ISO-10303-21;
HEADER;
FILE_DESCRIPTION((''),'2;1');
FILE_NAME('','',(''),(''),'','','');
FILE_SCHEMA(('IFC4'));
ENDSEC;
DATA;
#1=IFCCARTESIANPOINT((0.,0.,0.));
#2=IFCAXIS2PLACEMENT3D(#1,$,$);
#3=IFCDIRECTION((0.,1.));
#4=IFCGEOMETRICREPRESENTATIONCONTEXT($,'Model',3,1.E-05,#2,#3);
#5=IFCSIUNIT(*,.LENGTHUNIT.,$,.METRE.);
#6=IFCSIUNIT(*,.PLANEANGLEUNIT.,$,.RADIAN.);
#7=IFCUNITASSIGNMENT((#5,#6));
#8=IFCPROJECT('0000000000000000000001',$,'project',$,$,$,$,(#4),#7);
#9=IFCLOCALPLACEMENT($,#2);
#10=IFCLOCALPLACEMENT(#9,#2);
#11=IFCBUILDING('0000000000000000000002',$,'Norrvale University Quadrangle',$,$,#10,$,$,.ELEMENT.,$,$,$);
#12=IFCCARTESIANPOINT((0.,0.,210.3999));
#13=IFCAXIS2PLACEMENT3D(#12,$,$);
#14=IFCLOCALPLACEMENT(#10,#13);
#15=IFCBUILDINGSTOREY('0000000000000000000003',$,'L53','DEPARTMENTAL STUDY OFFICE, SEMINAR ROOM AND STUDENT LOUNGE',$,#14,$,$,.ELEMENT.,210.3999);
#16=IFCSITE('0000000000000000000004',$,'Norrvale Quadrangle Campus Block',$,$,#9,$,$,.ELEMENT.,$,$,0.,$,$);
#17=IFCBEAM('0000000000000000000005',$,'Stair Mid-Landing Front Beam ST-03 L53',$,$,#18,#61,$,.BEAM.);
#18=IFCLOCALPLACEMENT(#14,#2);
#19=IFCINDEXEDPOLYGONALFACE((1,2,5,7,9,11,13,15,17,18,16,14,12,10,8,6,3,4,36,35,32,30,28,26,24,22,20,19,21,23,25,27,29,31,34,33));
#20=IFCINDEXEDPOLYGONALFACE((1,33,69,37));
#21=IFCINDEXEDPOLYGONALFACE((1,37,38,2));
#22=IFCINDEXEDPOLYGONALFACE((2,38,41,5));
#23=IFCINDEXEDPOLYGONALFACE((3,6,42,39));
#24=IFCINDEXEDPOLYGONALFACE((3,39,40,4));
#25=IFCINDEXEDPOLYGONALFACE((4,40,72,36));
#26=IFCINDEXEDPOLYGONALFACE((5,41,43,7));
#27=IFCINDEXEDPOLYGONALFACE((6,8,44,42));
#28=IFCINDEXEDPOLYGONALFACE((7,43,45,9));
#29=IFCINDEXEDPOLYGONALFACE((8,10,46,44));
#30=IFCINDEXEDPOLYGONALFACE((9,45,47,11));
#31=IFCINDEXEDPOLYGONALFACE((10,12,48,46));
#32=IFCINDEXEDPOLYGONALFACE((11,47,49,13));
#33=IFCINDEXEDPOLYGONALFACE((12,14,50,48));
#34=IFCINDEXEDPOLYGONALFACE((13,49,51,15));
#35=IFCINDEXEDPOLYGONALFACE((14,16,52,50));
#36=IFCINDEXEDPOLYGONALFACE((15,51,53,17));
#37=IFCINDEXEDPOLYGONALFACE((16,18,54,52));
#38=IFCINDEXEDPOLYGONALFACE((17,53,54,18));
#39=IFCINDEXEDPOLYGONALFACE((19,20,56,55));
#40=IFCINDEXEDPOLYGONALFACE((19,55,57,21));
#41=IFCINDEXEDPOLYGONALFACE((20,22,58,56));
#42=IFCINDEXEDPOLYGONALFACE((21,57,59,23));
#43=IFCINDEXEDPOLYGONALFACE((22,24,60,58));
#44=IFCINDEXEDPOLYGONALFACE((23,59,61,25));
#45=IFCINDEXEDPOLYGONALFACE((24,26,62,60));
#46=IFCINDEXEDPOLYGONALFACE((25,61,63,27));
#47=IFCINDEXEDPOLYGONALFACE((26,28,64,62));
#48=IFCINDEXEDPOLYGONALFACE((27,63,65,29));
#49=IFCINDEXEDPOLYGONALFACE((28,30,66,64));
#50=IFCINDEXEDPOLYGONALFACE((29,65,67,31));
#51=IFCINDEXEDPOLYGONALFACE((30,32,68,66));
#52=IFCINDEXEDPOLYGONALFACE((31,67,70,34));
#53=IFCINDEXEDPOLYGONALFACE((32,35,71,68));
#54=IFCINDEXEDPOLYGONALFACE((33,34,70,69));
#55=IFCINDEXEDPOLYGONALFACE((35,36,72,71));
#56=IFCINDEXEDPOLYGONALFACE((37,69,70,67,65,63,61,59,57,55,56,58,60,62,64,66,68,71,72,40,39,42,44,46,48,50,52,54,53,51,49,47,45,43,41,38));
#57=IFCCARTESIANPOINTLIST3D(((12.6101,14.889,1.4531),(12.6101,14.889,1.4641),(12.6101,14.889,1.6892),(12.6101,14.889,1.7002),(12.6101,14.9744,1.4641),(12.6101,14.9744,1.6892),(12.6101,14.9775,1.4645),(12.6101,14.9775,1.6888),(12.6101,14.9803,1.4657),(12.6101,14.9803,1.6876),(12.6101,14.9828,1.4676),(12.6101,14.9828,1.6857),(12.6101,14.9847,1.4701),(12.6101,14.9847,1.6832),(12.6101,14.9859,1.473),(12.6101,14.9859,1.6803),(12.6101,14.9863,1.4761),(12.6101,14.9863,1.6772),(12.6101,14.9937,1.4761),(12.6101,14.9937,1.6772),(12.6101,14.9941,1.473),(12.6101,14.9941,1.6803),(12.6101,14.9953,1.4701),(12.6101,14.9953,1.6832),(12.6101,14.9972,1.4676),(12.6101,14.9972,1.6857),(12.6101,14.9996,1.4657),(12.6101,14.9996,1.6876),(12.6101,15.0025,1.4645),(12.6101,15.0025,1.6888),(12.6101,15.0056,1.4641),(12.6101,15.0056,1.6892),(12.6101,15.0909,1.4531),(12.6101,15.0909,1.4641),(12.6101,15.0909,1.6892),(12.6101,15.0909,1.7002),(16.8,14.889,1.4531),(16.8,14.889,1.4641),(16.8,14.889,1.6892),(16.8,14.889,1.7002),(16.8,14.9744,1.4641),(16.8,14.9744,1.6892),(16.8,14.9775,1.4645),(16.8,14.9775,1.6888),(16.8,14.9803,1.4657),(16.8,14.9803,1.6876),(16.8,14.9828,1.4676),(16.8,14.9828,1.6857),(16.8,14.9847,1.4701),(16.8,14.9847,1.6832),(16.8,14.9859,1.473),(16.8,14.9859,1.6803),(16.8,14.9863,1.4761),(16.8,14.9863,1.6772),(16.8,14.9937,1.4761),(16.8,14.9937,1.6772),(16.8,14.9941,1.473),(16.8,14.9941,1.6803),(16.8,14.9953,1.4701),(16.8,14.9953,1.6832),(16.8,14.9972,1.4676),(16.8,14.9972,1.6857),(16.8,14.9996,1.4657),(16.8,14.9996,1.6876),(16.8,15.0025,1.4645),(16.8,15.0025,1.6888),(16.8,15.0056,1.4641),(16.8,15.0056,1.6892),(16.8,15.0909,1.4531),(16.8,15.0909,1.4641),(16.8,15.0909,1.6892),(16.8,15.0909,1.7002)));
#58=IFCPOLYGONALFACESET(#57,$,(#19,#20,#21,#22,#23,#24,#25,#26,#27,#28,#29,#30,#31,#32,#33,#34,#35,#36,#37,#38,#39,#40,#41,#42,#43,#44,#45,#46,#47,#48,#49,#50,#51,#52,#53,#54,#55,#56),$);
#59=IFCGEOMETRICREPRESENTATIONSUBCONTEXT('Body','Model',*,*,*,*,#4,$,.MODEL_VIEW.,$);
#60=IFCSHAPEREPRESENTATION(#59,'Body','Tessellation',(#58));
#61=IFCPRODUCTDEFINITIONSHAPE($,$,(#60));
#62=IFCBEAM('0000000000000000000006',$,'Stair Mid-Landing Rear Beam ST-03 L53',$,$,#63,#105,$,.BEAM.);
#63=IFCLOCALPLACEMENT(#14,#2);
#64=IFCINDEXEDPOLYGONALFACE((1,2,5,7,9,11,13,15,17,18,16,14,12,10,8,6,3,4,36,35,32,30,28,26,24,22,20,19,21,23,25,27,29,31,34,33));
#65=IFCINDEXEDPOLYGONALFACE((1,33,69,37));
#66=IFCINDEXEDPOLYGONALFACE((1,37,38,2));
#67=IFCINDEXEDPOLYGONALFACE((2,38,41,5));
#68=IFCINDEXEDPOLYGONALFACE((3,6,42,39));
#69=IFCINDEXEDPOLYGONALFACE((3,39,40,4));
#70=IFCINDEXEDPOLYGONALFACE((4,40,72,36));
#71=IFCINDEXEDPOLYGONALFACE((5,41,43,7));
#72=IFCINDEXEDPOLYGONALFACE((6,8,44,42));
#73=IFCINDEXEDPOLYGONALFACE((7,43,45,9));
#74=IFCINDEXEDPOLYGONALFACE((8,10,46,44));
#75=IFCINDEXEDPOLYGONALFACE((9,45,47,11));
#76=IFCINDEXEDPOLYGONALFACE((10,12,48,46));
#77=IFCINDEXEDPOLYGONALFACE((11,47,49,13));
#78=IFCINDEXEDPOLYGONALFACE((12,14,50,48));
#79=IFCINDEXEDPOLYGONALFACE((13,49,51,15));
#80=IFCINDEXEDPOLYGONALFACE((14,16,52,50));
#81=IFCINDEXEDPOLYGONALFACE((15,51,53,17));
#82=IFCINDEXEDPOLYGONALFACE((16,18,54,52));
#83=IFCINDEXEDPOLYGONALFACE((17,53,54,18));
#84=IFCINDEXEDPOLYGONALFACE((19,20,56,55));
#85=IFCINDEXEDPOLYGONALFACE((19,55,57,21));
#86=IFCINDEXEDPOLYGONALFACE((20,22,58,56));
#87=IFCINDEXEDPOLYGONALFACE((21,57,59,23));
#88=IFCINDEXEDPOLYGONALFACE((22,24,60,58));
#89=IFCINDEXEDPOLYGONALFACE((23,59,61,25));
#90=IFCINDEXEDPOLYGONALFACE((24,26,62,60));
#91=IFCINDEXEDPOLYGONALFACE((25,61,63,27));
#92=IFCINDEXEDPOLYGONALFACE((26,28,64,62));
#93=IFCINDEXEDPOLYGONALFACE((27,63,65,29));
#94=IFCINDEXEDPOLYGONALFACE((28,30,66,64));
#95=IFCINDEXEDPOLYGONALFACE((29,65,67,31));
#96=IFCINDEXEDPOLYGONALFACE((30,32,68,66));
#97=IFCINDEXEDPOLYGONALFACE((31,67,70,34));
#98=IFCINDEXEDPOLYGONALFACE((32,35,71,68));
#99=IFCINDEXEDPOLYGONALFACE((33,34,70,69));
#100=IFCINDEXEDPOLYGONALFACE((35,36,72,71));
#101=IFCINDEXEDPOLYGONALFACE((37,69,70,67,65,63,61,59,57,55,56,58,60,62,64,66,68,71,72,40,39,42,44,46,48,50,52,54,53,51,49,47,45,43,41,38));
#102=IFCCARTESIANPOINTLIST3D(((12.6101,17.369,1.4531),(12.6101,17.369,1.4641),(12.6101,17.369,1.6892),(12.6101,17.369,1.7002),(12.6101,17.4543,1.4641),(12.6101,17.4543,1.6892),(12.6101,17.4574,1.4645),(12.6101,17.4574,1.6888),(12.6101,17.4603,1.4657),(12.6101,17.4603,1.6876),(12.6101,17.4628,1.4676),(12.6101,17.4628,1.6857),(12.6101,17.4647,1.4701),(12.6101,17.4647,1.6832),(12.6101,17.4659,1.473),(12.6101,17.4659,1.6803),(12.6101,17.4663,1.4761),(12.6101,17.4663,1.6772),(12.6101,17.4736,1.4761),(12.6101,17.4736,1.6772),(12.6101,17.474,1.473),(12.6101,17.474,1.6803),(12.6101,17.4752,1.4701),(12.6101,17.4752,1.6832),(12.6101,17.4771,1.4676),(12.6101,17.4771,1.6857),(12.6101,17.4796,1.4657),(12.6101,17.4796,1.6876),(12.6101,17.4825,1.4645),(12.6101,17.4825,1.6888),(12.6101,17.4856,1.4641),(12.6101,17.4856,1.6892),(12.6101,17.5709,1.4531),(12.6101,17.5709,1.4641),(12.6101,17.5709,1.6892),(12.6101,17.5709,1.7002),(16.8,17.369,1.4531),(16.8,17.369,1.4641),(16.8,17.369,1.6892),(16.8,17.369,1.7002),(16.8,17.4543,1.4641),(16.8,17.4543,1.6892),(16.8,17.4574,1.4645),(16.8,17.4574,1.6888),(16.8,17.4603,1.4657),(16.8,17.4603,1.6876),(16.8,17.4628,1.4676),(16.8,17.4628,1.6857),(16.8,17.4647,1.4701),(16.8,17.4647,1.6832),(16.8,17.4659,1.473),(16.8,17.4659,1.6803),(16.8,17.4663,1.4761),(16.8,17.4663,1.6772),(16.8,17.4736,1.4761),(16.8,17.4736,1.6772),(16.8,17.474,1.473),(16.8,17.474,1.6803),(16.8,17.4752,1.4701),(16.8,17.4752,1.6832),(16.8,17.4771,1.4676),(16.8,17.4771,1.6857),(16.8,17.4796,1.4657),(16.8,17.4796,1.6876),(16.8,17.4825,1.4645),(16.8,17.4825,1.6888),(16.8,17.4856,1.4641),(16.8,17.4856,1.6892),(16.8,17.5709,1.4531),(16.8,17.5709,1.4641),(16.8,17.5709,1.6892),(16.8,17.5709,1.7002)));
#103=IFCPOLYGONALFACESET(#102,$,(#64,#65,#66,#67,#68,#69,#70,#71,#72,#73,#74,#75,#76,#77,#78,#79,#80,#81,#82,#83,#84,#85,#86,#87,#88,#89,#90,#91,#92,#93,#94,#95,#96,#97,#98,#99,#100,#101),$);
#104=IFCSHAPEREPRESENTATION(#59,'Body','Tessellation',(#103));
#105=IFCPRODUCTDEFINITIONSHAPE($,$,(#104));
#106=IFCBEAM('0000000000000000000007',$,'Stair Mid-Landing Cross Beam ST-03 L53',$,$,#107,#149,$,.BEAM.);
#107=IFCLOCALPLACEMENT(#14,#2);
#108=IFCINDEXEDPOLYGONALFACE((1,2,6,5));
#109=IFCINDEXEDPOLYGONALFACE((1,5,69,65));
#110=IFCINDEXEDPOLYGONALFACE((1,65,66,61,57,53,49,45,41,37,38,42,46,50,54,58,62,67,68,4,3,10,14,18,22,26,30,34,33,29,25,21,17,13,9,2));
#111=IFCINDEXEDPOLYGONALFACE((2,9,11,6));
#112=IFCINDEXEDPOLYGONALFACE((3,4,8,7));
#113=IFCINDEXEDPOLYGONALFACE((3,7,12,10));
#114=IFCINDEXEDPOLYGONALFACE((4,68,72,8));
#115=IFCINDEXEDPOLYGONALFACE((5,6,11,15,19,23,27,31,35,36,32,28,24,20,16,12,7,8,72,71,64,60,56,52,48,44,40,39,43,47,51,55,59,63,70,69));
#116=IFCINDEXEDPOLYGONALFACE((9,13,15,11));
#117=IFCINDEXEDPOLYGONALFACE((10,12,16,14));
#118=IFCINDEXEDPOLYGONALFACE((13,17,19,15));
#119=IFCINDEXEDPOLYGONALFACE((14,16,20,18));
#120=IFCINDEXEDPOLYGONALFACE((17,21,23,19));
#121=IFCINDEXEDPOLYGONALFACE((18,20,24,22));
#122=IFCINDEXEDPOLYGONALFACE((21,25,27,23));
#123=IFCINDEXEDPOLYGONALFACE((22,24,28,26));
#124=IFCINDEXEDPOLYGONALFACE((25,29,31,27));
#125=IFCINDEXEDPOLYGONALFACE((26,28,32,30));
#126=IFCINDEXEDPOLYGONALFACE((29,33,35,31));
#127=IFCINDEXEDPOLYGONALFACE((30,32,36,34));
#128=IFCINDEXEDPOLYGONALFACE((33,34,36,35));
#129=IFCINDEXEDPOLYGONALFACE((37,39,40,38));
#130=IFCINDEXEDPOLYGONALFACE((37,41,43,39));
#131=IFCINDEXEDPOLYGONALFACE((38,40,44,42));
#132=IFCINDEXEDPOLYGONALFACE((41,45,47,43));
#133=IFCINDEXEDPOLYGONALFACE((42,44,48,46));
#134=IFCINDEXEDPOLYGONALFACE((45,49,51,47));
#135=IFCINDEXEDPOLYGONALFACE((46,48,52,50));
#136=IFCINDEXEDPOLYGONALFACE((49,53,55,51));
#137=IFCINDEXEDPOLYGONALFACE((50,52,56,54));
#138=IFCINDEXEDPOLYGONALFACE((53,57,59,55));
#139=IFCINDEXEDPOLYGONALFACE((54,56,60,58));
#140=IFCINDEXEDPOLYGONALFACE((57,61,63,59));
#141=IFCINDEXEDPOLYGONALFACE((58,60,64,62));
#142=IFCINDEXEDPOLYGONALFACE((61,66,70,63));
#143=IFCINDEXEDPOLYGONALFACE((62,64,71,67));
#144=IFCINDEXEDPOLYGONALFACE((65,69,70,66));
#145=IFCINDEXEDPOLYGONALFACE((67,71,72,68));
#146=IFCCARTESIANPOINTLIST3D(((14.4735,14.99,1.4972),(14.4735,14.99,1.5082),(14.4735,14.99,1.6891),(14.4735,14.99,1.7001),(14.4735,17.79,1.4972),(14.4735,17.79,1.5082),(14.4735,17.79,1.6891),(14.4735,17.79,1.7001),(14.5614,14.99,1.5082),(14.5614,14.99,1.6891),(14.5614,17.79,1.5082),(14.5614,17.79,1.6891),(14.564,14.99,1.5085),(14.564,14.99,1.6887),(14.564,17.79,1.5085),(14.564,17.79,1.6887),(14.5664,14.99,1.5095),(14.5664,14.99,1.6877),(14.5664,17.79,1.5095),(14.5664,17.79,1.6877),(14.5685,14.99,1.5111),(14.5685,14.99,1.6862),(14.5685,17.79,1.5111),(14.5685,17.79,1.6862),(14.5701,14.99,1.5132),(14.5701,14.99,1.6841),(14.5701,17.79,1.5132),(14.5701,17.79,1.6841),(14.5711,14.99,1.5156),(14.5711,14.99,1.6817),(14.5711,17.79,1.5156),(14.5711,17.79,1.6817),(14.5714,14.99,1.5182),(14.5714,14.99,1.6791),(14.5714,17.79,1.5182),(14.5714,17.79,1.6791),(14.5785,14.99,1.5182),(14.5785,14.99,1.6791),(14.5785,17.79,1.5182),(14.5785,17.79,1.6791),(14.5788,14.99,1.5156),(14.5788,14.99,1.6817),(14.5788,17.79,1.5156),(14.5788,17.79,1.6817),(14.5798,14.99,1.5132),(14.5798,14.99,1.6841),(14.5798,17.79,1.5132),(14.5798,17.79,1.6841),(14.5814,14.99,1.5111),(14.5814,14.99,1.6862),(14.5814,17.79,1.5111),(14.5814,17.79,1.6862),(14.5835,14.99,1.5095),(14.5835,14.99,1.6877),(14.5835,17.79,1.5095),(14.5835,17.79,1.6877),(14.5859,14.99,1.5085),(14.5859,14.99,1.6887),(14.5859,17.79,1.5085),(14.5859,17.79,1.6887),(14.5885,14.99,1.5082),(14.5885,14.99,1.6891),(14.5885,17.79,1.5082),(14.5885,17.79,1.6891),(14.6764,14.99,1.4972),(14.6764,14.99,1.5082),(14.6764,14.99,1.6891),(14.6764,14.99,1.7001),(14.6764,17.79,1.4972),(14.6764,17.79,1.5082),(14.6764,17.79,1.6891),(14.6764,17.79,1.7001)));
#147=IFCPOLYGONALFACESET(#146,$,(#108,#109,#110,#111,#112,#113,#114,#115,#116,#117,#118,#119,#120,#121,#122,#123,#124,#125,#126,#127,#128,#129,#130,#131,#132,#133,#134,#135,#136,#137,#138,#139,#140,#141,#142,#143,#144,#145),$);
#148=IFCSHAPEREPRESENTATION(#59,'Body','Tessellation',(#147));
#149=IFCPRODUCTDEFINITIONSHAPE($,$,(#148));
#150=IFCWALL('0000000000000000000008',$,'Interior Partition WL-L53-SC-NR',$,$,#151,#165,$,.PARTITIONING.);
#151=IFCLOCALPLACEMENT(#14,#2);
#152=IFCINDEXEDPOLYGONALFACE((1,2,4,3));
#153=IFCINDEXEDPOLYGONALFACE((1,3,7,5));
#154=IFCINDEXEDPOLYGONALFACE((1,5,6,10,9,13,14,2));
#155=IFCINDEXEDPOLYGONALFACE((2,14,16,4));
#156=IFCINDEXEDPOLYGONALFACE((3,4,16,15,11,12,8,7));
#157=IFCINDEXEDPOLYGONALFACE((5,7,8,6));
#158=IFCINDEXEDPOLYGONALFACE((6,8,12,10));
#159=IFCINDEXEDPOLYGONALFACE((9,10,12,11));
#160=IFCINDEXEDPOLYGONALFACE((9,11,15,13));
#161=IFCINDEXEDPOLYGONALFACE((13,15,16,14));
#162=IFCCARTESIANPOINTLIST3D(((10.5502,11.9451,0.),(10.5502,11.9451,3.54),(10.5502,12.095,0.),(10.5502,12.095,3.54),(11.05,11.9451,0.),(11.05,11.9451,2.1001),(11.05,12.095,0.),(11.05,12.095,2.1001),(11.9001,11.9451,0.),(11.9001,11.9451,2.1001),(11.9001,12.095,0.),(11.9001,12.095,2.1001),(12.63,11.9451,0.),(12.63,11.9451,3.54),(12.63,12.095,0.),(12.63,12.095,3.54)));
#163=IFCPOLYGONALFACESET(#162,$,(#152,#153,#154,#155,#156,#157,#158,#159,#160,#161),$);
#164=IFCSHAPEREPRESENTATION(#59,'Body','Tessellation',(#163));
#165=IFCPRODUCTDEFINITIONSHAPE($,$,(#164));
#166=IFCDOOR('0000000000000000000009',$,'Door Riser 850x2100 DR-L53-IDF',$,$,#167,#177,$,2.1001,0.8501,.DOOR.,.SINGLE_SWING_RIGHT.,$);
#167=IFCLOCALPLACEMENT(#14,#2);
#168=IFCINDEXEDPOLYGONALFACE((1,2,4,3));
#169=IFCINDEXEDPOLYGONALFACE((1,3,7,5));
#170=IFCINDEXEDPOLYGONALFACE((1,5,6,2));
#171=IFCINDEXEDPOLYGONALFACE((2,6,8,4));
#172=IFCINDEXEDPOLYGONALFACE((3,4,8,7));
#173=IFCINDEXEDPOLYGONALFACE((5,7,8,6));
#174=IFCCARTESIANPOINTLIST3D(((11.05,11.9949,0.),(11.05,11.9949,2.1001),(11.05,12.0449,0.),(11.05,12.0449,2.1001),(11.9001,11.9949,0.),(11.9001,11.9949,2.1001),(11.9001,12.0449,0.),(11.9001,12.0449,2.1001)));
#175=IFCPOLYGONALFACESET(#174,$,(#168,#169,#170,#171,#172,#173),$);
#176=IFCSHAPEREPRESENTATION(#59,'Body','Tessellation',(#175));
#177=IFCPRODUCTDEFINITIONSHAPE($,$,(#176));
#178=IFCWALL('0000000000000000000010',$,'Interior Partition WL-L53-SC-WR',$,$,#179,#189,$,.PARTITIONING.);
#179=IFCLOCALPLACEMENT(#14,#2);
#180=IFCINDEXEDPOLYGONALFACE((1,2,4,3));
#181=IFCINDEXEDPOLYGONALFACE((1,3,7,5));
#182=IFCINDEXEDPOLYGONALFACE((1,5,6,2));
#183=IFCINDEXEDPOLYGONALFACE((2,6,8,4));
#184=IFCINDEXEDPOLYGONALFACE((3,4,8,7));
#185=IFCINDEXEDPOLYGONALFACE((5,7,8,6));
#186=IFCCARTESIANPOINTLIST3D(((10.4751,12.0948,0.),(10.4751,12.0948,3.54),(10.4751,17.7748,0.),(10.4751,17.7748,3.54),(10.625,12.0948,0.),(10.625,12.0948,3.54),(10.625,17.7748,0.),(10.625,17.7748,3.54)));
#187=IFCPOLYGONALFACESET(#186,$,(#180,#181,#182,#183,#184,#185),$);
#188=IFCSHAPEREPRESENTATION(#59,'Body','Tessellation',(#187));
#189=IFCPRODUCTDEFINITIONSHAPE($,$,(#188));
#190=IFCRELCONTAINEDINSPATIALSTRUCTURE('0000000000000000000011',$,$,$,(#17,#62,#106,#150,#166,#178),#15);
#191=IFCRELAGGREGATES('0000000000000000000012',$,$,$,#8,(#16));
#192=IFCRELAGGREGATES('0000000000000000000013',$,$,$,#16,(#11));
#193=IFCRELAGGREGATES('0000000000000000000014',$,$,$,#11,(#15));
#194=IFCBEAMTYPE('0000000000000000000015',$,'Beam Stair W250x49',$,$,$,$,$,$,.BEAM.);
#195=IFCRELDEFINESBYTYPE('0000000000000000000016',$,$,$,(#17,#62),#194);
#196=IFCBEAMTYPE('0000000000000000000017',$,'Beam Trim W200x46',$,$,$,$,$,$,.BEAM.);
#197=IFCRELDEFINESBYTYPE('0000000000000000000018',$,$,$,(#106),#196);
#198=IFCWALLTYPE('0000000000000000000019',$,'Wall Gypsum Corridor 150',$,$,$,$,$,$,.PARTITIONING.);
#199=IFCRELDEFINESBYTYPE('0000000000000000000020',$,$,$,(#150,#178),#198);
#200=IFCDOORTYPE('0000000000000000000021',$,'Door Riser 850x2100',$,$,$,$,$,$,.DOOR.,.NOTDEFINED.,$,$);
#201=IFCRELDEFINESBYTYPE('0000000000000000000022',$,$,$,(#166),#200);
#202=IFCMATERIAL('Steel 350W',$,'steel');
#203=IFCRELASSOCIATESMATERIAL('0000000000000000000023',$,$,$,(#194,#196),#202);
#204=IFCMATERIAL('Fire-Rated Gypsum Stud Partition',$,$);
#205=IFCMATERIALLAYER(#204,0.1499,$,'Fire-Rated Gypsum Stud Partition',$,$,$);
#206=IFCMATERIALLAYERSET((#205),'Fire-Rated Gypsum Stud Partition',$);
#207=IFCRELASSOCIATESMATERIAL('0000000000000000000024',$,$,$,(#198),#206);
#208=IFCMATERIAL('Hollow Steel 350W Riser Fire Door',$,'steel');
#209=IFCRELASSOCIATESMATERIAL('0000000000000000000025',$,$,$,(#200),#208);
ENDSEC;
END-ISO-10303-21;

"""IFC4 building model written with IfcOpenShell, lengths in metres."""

from ifc_helpers import new_model, si_unit, direction, frame, frame_2d, origin, origin_2d, place, context, subcontext, project, spatial, rectangle, i_section, extrude, material, layer, layer_set, material_profile, profile_set, type_object, element, fill, save


model = new_model("IFC4")

# Units and contexts
model_context = context("Model", 3, precision=1e-05, world=origin(), true_north=direction((0.0, 1.0)))
body_context = subcontext(model_context, "Body", "Model", "MODEL_VIEW")
ifc_project = project(units=[si_unit("LENGTHUNIT", "METRE"), si_unit("PLANEANGLEUNIT", "RADIAN")], contexts=[model_context])

# Site, building, storey
site_placement = place(None, origin())
site = spatial("IfcSite", under=ifc_project, at=site_placement, Name="Norrvale Quadrangle Campus Block", CompositionType="ELEMENT", RefElevation=0.0)
building_placement = place(site_placement, origin())
building = spatial("IfcBuilding", under=site, at=building_placement, Name="Norrvale University Quadrangle", CompositionType="ELEMENT")
storey_placement = place(building_placement, frame((0.0, 0.0, 210.3999)))
storey = spatial("IfcBuildingStorey", under=building, at=storey_placement, Name="L53", Description="DEPARTMENTAL STUDY OFFICE, SEMINAR ROOM AND STUDENT LOUNGE", CompositionType="ELEMENT", Elevation=210.3999)

# Beams
ifc_material_1 = material(Name="Steel 350W", Category="steel")
ifc_material_profile_1 = material_profile(ifc_material_1, i_section(OverallWidth=0.2019, OverallDepth=0.2471, WebThickness=0.0073, FlangeThickness=0.011, FilletRadius=0.012, at=origin_2d()), Name="Steel 350W")
ifc_profile_set_1 = profile_set([ifc_material_profile_1], Name="Steel 350W")
beam_type_1 = type_object("IfcBeamType", Name="Beam Stair W250x49", PredefinedType="BEAM", material=ifc_profile_set_1)
for number, where, z_axis, x_axis, name in (
    (1, (12.6101, 14.99, 1.5767), (1.0, 0.0, 0.0), (0.0, 1.0, 0.0), "Stair Mid-Landing Front Beam ST-03 L53"),
    (2, (12.6101, 17.47, 1.5767), (1.0, 0.0, 0.0), (0.0, 1.0, 0.0), "Stair Mid-Landing Rear Beam ST-03 L53"),
):
    element("IfcBeam", number, at=place(storey_placement, frame(where, z_axis=z_axis, x_axis=x_axis)), inside=storey, type_object=beam_type_1, Name=name, PredefinedType="BEAM", context=body_context, shape_type="SweptSolid", body=[
        extrude(i_section(OverallWidth=0.2019, OverallDepth=0.2471, WebThickness=0.0073, FlangeThickness=0.011, FilletRadius=0.012, at=origin_2d()), origin(), (0.0, 0.0, 1.0), 4.1899),
    ])
ifc_material_profile_2 = material_profile(ifc_material_1, i_section(OverallWidth=0.2029, OverallDepth=0.2029, WebThickness=0.0071, FlangeThickness=0.011, FilletRadius=0.01, at=origin_2d()), Name="Steel 350W")
ifc_profile_set_2 = profile_set([ifc_material_profile_2], Name="Steel 350W")
beam_type_2 = type_object("IfcBeamType", Name="Beam Trim W200x46", PredefinedType="BEAM", material=ifc_profile_set_2)
beam_placement = place(storey_placement, frame((14.575, 14.99, 1.5986), z_axis=(0.0, 1.0, 0.0), x_axis=(-1.0, 0.0, 0.0)))
element("IfcBeam", 3, at=beam_placement, inside=storey, type_object=beam_type_2, Name="Stair Mid-Landing Cross Beam ST-03 L53", PredefinedType="BEAM", context=body_context, shape_type="SweptSolid", body=[
    extrude(i_section(OverallWidth=0.2029, OverallDepth=0.2029, WebThickness=0.0071, FlangeThickness=0.011, FilletRadius=0.01, at=origin_2d()), origin(), (0.0, 0.0, 1.0), 2.8),
])

# Wall, opening, door
ifc_material_2 = material(Name="Fire-Rated Gypsum Stud Partition")
ifc_layer_1 = layer(ifc_material_2, 0.1499, Name="Fire-Rated Gypsum Stud Partition")
ifc_layer_set_1 = layer_set([ifc_layer_1], Name="Fire-Rated Gypsum Stud Partition")
wall_type_1 = type_object("IfcWallType", Name="Wall Gypsum Corridor 150", PredefinedType="PARTITIONING", material=ifc_layer_set_1)
wall_1_placement = place(storey_placement, frame((10.55, 12.02, 0.0), z_axis=(0.0, 0.0, 1.0), x_axis=(1.0, 0.0, 0.0)))
wall_1 = element("IfcWall", 4, at=wall_1_placement, inside=storey, type_object=wall_type_1, Name="Interior Partition WL-L53-SC-NR", PredefinedType="PARTITIONING", context=body_context, shape_type="SweptSolid", body=[
    extrude(rectangle(XDim=2.0798, YDim=0.1499, at=frame_2d((1.04, 0.0))), origin(), (0.0, 0.0, 1.0), 3.54),
])
opening_1_placement = place(wall_1_placement, frame((0.5, 0.0, 0.0)))
opening_1 = element("IfcOpeningElement", 5, at=opening_1_placement, cuts=wall_1, PredefinedType="OPENING", context=body_context, shape_type="SweptSolid", body=[
    extrude(rectangle(XDim=0.8501, YDim=2.1001, at=frame_2d((0.425, 1.05))), frame((0.0, 0.0869, 0.0), z_axis=(0.0, -1.0, 0.0), x_axis=(1.0, 0.0, 0.0)), (0.0, 0.0, 1.0), 0.1738),
])
ifc_material_3 = material(Name="Hollow Steel 350W Riser Fire Door", Category="steel")
door_type_1 = type_object("IfcDoorType", Name="Door Riser 850x2100", OperationType="NOTDEFINED", PredefinedType="DOOR", material=ifc_material_3)
door_1_placement = place(opening_1_placement, origin())
door_1 = element("IfcDoor", 6, at=door_1_placement, inside=storey, type_object=door_type_1, Name="Door Riser 850x2100 DR-L53-IDF", OperationType="SINGLE_SWING_RIGHT", OverallHeight=2.1001, OverallWidth=0.8501, PredefinedType="DOOR", context=body_context, shape_type="SweptSolid", body=[
    extrude(rectangle(XDim=0.8501, YDim=2.1001, at=frame_2d((0.425, 1.05))), frame((0.0, 0.0249, 0.0), z_axis=(0.0, -1.0, 0.0), x_axis=(1.0, 0.0, 0.0)), (0.0, 0.0, 1.0), 0.05),
])
fill(opening_1, door_1)

# Wall
wall_2_placement = place(storey_placement, frame((10.55, 12.095, 0.0), z_axis=(0.0, 0.0, 1.0), x_axis=(0.0, 1.0, 0.0)))
element("IfcWall", 7, at=wall_2_placement, inside=storey, type_object=wall_type_1, Name="Interior Partition WL-L53-SC-WR", PredefinedType="PARTITIONING", context=body_context, shape_type="SweptSolid", body=[
    extrude(rectangle(XDim=5.6799, YDim=0.1499, at=frame_2d((2.8398, 0.0))), origin(), (0.0, 0.0, 1.0), 3.54),
])

save(model, "model.ifc")
